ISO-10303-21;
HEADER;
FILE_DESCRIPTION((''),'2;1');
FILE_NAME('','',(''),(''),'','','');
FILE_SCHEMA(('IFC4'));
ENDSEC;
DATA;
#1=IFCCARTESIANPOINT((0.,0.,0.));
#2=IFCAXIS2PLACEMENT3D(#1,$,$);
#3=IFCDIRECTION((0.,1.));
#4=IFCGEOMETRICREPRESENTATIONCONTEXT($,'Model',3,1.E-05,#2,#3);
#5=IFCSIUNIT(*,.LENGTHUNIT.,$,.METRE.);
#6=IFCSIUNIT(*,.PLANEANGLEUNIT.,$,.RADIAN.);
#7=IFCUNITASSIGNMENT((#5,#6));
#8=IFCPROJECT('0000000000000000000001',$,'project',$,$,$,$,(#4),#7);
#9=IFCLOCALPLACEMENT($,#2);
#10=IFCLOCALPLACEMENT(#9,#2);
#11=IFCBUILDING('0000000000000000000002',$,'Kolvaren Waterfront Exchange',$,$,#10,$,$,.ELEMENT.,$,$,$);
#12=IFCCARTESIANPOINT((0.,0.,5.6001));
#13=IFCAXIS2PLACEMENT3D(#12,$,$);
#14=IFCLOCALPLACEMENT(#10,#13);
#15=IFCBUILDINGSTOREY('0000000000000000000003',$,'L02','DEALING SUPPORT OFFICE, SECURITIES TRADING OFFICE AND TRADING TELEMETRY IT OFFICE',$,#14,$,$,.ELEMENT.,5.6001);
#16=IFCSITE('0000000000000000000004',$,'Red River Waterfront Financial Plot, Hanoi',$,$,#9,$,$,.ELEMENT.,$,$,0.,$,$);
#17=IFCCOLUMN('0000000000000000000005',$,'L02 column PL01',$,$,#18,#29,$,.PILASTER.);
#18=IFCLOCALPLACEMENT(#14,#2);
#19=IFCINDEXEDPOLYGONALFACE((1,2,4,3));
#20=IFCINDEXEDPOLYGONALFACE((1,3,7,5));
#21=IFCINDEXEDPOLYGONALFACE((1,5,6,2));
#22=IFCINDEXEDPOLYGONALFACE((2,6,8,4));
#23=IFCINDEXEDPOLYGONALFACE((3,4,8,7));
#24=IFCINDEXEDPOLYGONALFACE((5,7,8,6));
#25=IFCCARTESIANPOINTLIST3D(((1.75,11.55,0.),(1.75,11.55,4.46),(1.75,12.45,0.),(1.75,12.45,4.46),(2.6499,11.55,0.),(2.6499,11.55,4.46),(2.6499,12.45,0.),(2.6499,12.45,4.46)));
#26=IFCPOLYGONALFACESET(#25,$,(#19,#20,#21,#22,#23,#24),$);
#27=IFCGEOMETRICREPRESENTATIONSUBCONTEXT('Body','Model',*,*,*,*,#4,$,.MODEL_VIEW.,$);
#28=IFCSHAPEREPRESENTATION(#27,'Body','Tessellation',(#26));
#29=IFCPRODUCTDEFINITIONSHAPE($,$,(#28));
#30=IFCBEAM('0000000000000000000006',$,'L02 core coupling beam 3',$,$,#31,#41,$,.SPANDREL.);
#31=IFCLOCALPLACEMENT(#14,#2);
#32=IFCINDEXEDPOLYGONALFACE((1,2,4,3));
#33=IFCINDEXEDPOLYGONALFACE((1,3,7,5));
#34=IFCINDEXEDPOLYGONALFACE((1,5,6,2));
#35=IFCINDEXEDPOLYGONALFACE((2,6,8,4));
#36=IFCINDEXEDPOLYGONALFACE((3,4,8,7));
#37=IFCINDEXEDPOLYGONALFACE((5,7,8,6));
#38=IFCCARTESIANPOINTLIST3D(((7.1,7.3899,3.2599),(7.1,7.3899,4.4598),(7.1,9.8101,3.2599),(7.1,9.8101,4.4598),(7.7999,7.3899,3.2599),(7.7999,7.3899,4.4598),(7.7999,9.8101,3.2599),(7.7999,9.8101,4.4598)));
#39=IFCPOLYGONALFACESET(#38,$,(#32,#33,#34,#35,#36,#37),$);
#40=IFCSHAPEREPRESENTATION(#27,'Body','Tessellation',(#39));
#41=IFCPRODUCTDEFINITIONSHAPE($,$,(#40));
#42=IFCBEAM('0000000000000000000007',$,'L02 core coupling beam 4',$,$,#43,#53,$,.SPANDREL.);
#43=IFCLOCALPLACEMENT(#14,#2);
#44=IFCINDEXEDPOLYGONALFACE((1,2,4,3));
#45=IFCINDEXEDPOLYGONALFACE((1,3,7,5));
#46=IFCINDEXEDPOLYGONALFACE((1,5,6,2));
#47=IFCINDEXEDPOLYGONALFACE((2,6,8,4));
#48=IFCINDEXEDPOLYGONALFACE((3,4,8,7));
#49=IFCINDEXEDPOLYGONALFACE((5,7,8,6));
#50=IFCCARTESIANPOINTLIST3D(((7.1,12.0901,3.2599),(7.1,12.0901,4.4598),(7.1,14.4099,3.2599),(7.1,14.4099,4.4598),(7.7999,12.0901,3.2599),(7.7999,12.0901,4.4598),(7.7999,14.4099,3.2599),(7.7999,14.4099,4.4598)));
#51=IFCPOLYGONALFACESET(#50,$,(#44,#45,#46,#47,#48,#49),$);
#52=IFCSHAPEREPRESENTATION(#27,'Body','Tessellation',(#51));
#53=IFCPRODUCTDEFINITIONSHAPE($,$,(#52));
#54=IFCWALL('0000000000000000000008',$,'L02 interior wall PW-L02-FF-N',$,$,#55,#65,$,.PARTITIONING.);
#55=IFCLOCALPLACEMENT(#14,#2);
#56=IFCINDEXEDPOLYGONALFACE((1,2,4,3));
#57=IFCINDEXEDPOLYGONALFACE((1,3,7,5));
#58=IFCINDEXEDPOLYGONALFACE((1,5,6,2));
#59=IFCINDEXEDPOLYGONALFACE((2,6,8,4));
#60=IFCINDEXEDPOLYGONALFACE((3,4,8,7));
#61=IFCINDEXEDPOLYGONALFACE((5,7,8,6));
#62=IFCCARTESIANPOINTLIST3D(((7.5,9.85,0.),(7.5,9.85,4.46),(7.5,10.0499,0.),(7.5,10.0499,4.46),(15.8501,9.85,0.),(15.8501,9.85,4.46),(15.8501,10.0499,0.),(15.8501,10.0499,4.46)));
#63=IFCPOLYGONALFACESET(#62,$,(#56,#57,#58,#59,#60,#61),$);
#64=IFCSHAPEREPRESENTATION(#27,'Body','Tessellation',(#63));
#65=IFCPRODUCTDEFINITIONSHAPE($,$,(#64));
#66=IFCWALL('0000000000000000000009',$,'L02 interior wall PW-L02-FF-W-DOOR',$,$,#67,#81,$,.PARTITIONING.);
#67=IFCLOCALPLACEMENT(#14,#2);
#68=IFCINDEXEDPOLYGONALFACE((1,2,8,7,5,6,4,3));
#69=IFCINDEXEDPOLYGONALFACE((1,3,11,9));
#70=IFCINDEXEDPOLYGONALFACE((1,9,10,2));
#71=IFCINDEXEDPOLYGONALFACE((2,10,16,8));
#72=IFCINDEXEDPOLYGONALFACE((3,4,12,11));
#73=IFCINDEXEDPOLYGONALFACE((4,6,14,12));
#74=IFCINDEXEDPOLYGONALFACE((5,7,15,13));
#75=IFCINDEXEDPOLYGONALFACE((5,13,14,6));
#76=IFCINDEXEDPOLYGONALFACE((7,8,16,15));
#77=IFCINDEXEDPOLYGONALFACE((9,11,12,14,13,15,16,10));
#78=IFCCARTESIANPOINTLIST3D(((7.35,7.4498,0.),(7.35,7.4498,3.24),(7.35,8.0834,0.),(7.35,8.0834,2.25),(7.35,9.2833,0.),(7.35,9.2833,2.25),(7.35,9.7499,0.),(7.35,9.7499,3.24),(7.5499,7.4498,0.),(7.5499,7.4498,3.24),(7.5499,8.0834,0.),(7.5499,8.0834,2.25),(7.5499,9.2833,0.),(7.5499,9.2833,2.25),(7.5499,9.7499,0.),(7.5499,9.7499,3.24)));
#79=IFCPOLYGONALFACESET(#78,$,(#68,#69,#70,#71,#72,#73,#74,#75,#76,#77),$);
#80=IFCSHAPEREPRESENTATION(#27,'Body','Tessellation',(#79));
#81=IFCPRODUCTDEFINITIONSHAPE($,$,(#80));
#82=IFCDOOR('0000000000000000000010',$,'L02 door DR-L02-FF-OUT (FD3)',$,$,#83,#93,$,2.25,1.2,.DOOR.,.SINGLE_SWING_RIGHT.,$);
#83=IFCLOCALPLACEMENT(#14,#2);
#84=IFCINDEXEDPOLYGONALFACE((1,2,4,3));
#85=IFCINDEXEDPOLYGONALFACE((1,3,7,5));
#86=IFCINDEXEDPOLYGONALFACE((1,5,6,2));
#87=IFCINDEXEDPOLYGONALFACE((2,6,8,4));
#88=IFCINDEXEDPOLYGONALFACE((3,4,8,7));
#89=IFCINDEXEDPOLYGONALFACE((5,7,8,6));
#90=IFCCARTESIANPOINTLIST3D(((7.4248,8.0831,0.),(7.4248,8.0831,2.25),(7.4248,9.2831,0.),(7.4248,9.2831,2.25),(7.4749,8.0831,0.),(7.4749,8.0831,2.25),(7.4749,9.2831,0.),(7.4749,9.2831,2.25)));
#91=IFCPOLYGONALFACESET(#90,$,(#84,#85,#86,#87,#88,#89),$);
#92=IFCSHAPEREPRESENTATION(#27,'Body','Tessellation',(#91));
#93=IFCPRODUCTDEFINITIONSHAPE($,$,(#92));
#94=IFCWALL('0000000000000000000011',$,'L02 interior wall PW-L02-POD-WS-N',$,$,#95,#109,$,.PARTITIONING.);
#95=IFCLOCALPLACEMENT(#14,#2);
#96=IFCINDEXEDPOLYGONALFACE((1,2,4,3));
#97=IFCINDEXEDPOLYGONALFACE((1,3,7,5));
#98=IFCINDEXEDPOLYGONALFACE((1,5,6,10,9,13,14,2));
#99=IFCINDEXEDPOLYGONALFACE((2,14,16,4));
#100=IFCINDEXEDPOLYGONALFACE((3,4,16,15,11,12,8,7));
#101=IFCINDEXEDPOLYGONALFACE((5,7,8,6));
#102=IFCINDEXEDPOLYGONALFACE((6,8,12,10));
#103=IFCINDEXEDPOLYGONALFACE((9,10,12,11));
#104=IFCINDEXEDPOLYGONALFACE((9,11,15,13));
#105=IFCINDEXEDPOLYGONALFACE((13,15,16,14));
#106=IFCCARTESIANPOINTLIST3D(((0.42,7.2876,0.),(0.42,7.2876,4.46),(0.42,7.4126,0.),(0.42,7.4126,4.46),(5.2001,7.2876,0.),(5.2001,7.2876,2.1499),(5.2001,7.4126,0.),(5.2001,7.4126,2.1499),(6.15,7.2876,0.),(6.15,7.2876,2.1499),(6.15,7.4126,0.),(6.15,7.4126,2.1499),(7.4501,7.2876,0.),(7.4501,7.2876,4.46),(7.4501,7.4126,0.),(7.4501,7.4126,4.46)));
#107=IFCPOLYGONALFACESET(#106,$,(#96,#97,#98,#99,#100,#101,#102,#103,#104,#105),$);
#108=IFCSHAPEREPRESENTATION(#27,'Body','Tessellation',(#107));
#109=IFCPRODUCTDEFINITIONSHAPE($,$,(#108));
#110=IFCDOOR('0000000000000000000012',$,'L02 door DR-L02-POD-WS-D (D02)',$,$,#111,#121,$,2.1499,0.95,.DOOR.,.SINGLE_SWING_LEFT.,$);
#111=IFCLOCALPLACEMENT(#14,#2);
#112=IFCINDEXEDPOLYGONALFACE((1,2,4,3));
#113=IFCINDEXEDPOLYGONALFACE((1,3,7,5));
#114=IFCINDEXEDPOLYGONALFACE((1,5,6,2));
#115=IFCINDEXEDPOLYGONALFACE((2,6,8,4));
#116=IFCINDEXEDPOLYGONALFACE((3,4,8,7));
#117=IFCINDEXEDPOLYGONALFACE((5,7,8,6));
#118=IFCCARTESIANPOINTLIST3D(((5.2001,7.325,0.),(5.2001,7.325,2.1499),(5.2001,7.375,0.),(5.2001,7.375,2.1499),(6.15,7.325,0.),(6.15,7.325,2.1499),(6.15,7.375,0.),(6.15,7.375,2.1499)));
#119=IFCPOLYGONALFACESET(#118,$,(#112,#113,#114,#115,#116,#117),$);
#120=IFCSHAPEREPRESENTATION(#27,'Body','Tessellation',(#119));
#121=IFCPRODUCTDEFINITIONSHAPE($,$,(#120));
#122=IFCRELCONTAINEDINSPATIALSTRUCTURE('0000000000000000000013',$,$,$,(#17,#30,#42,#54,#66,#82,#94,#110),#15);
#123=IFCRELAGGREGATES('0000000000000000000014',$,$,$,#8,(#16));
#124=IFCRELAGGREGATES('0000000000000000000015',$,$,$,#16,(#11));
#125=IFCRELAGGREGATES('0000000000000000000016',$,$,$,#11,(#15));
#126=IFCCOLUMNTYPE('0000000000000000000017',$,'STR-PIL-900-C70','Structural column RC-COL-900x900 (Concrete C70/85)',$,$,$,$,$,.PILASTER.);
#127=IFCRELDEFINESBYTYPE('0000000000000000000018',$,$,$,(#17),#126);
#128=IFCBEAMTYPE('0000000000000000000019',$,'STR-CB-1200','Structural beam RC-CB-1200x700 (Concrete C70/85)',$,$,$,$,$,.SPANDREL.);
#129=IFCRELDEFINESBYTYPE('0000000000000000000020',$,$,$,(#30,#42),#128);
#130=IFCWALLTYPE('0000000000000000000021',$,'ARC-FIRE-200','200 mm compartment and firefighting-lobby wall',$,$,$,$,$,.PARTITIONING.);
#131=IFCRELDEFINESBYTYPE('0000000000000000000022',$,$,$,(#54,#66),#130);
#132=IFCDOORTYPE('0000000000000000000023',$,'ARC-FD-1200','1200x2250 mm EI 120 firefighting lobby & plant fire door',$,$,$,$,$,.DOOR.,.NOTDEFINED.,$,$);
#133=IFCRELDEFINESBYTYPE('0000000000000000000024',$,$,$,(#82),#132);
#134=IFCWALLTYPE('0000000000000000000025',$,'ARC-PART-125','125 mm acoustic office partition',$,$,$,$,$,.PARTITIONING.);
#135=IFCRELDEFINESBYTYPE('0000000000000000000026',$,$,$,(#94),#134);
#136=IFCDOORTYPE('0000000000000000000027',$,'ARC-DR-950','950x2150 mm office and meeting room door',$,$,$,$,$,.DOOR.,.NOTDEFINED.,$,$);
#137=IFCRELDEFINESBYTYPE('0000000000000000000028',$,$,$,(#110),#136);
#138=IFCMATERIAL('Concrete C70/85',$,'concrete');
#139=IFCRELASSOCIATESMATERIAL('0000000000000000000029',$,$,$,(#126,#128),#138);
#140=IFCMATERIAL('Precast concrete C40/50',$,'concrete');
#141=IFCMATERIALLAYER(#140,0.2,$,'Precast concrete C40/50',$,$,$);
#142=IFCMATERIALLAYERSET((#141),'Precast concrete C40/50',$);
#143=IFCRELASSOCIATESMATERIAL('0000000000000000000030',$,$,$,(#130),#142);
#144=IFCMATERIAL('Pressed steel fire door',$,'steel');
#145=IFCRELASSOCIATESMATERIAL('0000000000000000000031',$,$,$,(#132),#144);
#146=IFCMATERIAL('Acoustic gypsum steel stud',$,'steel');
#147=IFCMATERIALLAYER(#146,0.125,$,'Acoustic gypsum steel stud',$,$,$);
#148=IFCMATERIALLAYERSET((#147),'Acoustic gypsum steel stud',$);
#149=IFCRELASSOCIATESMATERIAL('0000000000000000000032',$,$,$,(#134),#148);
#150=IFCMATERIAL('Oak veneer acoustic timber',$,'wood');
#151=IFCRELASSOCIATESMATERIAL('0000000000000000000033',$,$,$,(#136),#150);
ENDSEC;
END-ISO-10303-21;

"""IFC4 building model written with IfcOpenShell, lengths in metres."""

from ifc_helpers import new_model, si_unit, direction, frame, frame_2d, origin, origin_2d, place, context, subcontext, project, spatial, rectangle, extrude, material, layer, layer_set, material_profile, profile_set, type_object, element, fill, save


model = new_model("IFC4")

# Units and contexts
model_context = context("Model", 3, precision=1e-05, world=origin(), true_north=direction((0.0, 1.0)))
body_context = subcontext(model_context, "Body", "Model", "MODEL_VIEW")
ifc_project = project(units=[si_unit("LENGTHUNIT", "METRE"), si_unit("PLANEANGLEUNIT", "RADIAN")], contexts=[model_context])

# Site, building, storey
site_placement = place(None, origin())
site = spatial("IfcSite", under=ifc_project, at=site_placement, Name="Red River Waterfront Financial Plot, Hanoi", CompositionType="ELEMENT", RefElevation=0.0)
building_placement = place(site_placement, origin())
building = spatial("IfcBuilding", under=site, at=building_placement, Name="Kolvaren Waterfront Exchange", CompositionType="ELEMENT")
storey_placement = place(building_placement, frame((0.0, 0.0, 5.6001)))
storey = spatial("IfcBuildingStorey", under=building, at=storey_placement, Name="L02", Description="DEALING SUPPORT OFFICE, SECURITIES TRADING OFFICE AND TRADING TELEMETRY IT OFFICE", CompositionType="ELEMENT", Elevation=5.6001)

# Column
ifc_material_1 = material(Name="Concrete C70/85", Category="concrete")
ifc_material_profile_1 = material_profile(ifc_material_1, rectangle(XDim=0.8999, YDim=0.8999, at=origin_2d()), Name="RC-COL-900x900")
ifc_profile_set_1 = profile_set([ifc_material_profile_1], Name="Concrete C70/85")
column_type = type_object("IfcColumnType", Name="STR-PIL-900-C70", Description="Structural column RC-COL-900x900 (Concrete C70/85)", PredefinedType="PILASTER", material=ifc_profile_set_1)
column_placement = place(storey_placement, frame((2.2, 12.0, 0.0), z_axis=(0.0, 0.0, 1.0), x_axis=(1.0, 0.0, 0.0)))
element("IfcColumn", 1, at=column_placement, inside=storey, type_object=column_type, Name="L02 column PL01", PredefinedType="PILASTER", context=body_context, shape_type="SweptSolid", body=[
    extrude(rectangle(XDim=0.8999, YDim=0.8999, at=origin_2d()), origin(), (0.0, 0.0, 1.0), 4.46),
])

# Beams
ifc_material_profile_2 = material_profile(ifc_material_1, rectangle(XDim=0.7, YDim=1.2, at=origin_2d()), Name="RC-CB-1200x700")
ifc_profile_set_2 = profile_set([ifc_material_profile_2], Name="Concrete C70/85")
beam_type = type_object("IfcBeamType", Name="STR-CB-1200", Description="Structural beam RC-CB-1200x700 (Concrete C70/85)", PredefinedType="SPANDREL", material=ifc_profile_set_2)
beam_1_placement = place(storey_placement, frame((7.45, 7.3899, 3.8599), z_axis=(0.0, 1.0, 0.0), x_axis=(-1.0, 0.0, 0.0)))
element("IfcBeam", 2, at=beam_1_placement, inside=storey, type_object=beam_type, Name="L02 core coupling beam 3", PredefinedType="SPANDREL", context=body_context, shape_type="SweptSolid", body=[
    extrude(rectangle(XDim=0.7, YDim=1.2, at=origin_2d()), origin(), (0.0, 0.0, 1.0), 2.4202),
])
beam_2_placement = place(storey_placement, frame((7.45, 12.0901, 3.8599), z_axis=(0.0, 1.0, 0.0), x_axis=(-1.0, 0.0, 0.0)))
element("IfcBeam", 3, at=beam_2_placement, inside=storey, type_object=beam_type, Name="L02 core coupling beam 4", PredefinedType="SPANDREL", context=body_context, shape_type="SweptSolid", body=[
    extrude(rectangle(XDim=0.7, YDim=1.2, at=origin_2d()), origin(), (0.0, 0.0, 1.0), 2.3198),
])

# Wall
ifc_material_2 = material(Name="Precast concrete C40/50", Category="concrete")
ifc_layer_1 = layer(ifc_material_2, 0.2, Name="Precast concrete C40/50")
ifc_layer_set_1 = layer_set([ifc_layer_1], Name="Precast concrete C40/50")
wall_type_1 = type_object("IfcWallType", Name="ARC-FIRE-200", Description="200 mm compartment and firefighting-lobby wall", PredefinedType="PARTITIONING", material=ifc_layer_set_1)
wall_1_placement = place(storey_placement, frame((7.5, 9.95, 0.0), z_axis=(0.0, 0.0, 1.0), x_axis=(1.0, 0.0, 0.0)))
element("IfcWall", 4, at=wall_1_placement, inside=storey, type_object=wall_type_1, Name="L02 interior wall PW-L02-FF-N", PredefinedType="PARTITIONING", context=body_context, shape_type="SweptSolid", body=[
    extrude(rectangle(XDim=8.3501, YDim=0.2, at=frame_2d((4.175, 0.0))), origin(), (0.0, 0.0, 1.0), 4.46),
])

# Walls, openings, doors
wall_2_placement = place(storey_placement, frame((7.45, 7.45, 0.0), z_axis=(0.0, 0.0, 1.0), x_axis=(0.0, 1.0, 0.0)))
wall_2 = element("IfcWall", 5, at=wall_2_placement, inside=storey, type_object=wall_type_1, Name="L02 interior wall PW-L02-FF-W-DOOR", PredefinedType="PARTITIONING", context=body_context, shape_type="SweptSolid", body=[
    extrude(rectangle(XDim=2.3, YDim=0.2, at=frame_2d((1.1499, 0.0))), origin(), (0.0, 0.0, 1.0), 3.24),
])
opening_1_placement = place(wall_2_placement, frame((0.6333, 0.0, 0.0)))
opening_1 = element("IfcOpeningElement", 6, at=opening_1_placement, cuts=wall_2, PredefinedType="OPENING", context=body_context, shape_type="SweptSolid", body=[
    extrude(rectangle(XDim=1.2, YDim=2.25, at=frame_2d((0.6001, 1.125))), frame((0.0, 0.1099, 0.0), z_axis=(0.0, -1.0, 0.0), x_axis=(1.0, 0.0, 0.0)), (0.0, 0.0, 1.0), 0.22),
])
ifc_material_3 = material(Name="Pressed steel fire door", Category="steel")
door_type_1 = type_object("IfcDoorType", Name="ARC-FD-1200", Description="1200x2250 mm EI 120 firefighting lobby & plant fire door", OperationType="NOTDEFINED", PredefinedType="DOOR", material=ifc_material_3)
door_1_placement = place(opening_1_placement, frame((1.2, 0.0, 0.0), z_axis=(0.0, 0.0, 1.0), x_axis=(-1.0, 0.0, 0.0)))
door_1 = element("IfcDoor", 7, at=door_1_placement, inside=storey, type_object=door_type_1, Name="L02 door DR-L02-FF-OUT (FD3)", OperationType="SINGLE_SWING_RIGHT", OverallHeight=2.25, OverallWidth=1.2, PredefinedType="DOOR", context=body_context, shape_type="SweptSolid", body=[
    extrude(rectangle(XDim=1.2, YDim=2.25, at=frame_2d((0.6001, 1.125))), frame((0.0, 0.0249, 0.0), z_axis=(0.0, -1.0, 0.0), x_axis=(1.0, 0.0, 0.0)), (0.0, 0.0, 1.0), 0.05),
])
fill(opening_1, door_1)
ifc_material_4 = material(Name="Acoustic gypsum steel stud", Category="steel")
ifc_layer_2 = layer(ifc_material_4, 0.125, Name="Acoustic gypsum steel stud")
ifc_layer_set_2 = layer_set([ifc_layer_2], Name="Acoustic gypsum steel stud")
wall_type_2 = type_object("IfcWallType", Name="ARC-PART-125", Description="125 mm acoustic office partition", PredefinedType="PARTITIONING", material=ifc_layer_set_2)
wall_3_placement = place(storey_placement, frame((0.4199, 7.3501, 0.0), z_axis=(0.0, 0.0, 1.0), x_axis=(1.0, 0.0, 0.0)))
wall_3 = element("IfcWall", 8, at=wall_3_placement, inside=storey, type_object=wall_type_2, Name="L02 interior wall PW-L02-POD-WS-N", PredefinedType="PARTITIONING", context=body_context, shape_type="SweptSolid", body=[
    extrude(rectangle(XDim=7.03, YDim=0.125, at=frame_2d((3.5151, 0.0))), origin(), (0.0, 0.0, 1.0), 4.46),
])
opening_2_placement = place(wall_3_placement, frame((4.78, 0.0, 0.0)))
opening_2 = element("IfcOpeningElement", 9, at=opening_2_placement, cuts=wall_3, PredefinedType="OPENING", context=body_context, shape_type="SweptSolid", body=[
    extrude(rectangle(XDim=0.95, YDim=2.1499, at=frame_2d((0.4751, 1.075))), frame((0.0, 0.0725, 0.0), z_axis=(0.0, -1.0, 0.0), x_axis=(1.0, 0.0, 0.0)), (0.0, 0.0, 1.0), 0.145),
])
ifc_material_5 = material(Name="Oak veneer acoustic timber", Category="wood")
door_type_2 = type_object("IfcDoorType", Name="ARC-DR-950", Description="950x2150 mm office and meeting room door", OperationType="NOTDEFINED", PredefinedType="DOOR", material=ifc_material_5)
door_2_placement = place(opening_2_placement, origin())
door_2 = element("IfcDoor", 10, at=door_2_placement, inside=storey, type_object=door_type_2, Name="L02 door DR-L02-POD-WS-D (D02)", OperationType="SINGLE_SWING_LEFT", OverallHeight=2.1499, OverallWidth=0.95, PredefinedType="DOOR", context=body_context, shape_type="SweptSolid", body=[
    extrude(rectangle(XDim=0.95, YDim=2.1499, at=frame_2d((0.4751, 1.075))), frame((0.0, 0.0249, 0.0), z_axis=(0.0, -1.0, 0.0), x_axis=(1.0, 0.0, 0.0)), (0.0, 0.0, 1.0), 0.05),
])
fill(opening_2, door_2)

save(model, "model.ifc")
